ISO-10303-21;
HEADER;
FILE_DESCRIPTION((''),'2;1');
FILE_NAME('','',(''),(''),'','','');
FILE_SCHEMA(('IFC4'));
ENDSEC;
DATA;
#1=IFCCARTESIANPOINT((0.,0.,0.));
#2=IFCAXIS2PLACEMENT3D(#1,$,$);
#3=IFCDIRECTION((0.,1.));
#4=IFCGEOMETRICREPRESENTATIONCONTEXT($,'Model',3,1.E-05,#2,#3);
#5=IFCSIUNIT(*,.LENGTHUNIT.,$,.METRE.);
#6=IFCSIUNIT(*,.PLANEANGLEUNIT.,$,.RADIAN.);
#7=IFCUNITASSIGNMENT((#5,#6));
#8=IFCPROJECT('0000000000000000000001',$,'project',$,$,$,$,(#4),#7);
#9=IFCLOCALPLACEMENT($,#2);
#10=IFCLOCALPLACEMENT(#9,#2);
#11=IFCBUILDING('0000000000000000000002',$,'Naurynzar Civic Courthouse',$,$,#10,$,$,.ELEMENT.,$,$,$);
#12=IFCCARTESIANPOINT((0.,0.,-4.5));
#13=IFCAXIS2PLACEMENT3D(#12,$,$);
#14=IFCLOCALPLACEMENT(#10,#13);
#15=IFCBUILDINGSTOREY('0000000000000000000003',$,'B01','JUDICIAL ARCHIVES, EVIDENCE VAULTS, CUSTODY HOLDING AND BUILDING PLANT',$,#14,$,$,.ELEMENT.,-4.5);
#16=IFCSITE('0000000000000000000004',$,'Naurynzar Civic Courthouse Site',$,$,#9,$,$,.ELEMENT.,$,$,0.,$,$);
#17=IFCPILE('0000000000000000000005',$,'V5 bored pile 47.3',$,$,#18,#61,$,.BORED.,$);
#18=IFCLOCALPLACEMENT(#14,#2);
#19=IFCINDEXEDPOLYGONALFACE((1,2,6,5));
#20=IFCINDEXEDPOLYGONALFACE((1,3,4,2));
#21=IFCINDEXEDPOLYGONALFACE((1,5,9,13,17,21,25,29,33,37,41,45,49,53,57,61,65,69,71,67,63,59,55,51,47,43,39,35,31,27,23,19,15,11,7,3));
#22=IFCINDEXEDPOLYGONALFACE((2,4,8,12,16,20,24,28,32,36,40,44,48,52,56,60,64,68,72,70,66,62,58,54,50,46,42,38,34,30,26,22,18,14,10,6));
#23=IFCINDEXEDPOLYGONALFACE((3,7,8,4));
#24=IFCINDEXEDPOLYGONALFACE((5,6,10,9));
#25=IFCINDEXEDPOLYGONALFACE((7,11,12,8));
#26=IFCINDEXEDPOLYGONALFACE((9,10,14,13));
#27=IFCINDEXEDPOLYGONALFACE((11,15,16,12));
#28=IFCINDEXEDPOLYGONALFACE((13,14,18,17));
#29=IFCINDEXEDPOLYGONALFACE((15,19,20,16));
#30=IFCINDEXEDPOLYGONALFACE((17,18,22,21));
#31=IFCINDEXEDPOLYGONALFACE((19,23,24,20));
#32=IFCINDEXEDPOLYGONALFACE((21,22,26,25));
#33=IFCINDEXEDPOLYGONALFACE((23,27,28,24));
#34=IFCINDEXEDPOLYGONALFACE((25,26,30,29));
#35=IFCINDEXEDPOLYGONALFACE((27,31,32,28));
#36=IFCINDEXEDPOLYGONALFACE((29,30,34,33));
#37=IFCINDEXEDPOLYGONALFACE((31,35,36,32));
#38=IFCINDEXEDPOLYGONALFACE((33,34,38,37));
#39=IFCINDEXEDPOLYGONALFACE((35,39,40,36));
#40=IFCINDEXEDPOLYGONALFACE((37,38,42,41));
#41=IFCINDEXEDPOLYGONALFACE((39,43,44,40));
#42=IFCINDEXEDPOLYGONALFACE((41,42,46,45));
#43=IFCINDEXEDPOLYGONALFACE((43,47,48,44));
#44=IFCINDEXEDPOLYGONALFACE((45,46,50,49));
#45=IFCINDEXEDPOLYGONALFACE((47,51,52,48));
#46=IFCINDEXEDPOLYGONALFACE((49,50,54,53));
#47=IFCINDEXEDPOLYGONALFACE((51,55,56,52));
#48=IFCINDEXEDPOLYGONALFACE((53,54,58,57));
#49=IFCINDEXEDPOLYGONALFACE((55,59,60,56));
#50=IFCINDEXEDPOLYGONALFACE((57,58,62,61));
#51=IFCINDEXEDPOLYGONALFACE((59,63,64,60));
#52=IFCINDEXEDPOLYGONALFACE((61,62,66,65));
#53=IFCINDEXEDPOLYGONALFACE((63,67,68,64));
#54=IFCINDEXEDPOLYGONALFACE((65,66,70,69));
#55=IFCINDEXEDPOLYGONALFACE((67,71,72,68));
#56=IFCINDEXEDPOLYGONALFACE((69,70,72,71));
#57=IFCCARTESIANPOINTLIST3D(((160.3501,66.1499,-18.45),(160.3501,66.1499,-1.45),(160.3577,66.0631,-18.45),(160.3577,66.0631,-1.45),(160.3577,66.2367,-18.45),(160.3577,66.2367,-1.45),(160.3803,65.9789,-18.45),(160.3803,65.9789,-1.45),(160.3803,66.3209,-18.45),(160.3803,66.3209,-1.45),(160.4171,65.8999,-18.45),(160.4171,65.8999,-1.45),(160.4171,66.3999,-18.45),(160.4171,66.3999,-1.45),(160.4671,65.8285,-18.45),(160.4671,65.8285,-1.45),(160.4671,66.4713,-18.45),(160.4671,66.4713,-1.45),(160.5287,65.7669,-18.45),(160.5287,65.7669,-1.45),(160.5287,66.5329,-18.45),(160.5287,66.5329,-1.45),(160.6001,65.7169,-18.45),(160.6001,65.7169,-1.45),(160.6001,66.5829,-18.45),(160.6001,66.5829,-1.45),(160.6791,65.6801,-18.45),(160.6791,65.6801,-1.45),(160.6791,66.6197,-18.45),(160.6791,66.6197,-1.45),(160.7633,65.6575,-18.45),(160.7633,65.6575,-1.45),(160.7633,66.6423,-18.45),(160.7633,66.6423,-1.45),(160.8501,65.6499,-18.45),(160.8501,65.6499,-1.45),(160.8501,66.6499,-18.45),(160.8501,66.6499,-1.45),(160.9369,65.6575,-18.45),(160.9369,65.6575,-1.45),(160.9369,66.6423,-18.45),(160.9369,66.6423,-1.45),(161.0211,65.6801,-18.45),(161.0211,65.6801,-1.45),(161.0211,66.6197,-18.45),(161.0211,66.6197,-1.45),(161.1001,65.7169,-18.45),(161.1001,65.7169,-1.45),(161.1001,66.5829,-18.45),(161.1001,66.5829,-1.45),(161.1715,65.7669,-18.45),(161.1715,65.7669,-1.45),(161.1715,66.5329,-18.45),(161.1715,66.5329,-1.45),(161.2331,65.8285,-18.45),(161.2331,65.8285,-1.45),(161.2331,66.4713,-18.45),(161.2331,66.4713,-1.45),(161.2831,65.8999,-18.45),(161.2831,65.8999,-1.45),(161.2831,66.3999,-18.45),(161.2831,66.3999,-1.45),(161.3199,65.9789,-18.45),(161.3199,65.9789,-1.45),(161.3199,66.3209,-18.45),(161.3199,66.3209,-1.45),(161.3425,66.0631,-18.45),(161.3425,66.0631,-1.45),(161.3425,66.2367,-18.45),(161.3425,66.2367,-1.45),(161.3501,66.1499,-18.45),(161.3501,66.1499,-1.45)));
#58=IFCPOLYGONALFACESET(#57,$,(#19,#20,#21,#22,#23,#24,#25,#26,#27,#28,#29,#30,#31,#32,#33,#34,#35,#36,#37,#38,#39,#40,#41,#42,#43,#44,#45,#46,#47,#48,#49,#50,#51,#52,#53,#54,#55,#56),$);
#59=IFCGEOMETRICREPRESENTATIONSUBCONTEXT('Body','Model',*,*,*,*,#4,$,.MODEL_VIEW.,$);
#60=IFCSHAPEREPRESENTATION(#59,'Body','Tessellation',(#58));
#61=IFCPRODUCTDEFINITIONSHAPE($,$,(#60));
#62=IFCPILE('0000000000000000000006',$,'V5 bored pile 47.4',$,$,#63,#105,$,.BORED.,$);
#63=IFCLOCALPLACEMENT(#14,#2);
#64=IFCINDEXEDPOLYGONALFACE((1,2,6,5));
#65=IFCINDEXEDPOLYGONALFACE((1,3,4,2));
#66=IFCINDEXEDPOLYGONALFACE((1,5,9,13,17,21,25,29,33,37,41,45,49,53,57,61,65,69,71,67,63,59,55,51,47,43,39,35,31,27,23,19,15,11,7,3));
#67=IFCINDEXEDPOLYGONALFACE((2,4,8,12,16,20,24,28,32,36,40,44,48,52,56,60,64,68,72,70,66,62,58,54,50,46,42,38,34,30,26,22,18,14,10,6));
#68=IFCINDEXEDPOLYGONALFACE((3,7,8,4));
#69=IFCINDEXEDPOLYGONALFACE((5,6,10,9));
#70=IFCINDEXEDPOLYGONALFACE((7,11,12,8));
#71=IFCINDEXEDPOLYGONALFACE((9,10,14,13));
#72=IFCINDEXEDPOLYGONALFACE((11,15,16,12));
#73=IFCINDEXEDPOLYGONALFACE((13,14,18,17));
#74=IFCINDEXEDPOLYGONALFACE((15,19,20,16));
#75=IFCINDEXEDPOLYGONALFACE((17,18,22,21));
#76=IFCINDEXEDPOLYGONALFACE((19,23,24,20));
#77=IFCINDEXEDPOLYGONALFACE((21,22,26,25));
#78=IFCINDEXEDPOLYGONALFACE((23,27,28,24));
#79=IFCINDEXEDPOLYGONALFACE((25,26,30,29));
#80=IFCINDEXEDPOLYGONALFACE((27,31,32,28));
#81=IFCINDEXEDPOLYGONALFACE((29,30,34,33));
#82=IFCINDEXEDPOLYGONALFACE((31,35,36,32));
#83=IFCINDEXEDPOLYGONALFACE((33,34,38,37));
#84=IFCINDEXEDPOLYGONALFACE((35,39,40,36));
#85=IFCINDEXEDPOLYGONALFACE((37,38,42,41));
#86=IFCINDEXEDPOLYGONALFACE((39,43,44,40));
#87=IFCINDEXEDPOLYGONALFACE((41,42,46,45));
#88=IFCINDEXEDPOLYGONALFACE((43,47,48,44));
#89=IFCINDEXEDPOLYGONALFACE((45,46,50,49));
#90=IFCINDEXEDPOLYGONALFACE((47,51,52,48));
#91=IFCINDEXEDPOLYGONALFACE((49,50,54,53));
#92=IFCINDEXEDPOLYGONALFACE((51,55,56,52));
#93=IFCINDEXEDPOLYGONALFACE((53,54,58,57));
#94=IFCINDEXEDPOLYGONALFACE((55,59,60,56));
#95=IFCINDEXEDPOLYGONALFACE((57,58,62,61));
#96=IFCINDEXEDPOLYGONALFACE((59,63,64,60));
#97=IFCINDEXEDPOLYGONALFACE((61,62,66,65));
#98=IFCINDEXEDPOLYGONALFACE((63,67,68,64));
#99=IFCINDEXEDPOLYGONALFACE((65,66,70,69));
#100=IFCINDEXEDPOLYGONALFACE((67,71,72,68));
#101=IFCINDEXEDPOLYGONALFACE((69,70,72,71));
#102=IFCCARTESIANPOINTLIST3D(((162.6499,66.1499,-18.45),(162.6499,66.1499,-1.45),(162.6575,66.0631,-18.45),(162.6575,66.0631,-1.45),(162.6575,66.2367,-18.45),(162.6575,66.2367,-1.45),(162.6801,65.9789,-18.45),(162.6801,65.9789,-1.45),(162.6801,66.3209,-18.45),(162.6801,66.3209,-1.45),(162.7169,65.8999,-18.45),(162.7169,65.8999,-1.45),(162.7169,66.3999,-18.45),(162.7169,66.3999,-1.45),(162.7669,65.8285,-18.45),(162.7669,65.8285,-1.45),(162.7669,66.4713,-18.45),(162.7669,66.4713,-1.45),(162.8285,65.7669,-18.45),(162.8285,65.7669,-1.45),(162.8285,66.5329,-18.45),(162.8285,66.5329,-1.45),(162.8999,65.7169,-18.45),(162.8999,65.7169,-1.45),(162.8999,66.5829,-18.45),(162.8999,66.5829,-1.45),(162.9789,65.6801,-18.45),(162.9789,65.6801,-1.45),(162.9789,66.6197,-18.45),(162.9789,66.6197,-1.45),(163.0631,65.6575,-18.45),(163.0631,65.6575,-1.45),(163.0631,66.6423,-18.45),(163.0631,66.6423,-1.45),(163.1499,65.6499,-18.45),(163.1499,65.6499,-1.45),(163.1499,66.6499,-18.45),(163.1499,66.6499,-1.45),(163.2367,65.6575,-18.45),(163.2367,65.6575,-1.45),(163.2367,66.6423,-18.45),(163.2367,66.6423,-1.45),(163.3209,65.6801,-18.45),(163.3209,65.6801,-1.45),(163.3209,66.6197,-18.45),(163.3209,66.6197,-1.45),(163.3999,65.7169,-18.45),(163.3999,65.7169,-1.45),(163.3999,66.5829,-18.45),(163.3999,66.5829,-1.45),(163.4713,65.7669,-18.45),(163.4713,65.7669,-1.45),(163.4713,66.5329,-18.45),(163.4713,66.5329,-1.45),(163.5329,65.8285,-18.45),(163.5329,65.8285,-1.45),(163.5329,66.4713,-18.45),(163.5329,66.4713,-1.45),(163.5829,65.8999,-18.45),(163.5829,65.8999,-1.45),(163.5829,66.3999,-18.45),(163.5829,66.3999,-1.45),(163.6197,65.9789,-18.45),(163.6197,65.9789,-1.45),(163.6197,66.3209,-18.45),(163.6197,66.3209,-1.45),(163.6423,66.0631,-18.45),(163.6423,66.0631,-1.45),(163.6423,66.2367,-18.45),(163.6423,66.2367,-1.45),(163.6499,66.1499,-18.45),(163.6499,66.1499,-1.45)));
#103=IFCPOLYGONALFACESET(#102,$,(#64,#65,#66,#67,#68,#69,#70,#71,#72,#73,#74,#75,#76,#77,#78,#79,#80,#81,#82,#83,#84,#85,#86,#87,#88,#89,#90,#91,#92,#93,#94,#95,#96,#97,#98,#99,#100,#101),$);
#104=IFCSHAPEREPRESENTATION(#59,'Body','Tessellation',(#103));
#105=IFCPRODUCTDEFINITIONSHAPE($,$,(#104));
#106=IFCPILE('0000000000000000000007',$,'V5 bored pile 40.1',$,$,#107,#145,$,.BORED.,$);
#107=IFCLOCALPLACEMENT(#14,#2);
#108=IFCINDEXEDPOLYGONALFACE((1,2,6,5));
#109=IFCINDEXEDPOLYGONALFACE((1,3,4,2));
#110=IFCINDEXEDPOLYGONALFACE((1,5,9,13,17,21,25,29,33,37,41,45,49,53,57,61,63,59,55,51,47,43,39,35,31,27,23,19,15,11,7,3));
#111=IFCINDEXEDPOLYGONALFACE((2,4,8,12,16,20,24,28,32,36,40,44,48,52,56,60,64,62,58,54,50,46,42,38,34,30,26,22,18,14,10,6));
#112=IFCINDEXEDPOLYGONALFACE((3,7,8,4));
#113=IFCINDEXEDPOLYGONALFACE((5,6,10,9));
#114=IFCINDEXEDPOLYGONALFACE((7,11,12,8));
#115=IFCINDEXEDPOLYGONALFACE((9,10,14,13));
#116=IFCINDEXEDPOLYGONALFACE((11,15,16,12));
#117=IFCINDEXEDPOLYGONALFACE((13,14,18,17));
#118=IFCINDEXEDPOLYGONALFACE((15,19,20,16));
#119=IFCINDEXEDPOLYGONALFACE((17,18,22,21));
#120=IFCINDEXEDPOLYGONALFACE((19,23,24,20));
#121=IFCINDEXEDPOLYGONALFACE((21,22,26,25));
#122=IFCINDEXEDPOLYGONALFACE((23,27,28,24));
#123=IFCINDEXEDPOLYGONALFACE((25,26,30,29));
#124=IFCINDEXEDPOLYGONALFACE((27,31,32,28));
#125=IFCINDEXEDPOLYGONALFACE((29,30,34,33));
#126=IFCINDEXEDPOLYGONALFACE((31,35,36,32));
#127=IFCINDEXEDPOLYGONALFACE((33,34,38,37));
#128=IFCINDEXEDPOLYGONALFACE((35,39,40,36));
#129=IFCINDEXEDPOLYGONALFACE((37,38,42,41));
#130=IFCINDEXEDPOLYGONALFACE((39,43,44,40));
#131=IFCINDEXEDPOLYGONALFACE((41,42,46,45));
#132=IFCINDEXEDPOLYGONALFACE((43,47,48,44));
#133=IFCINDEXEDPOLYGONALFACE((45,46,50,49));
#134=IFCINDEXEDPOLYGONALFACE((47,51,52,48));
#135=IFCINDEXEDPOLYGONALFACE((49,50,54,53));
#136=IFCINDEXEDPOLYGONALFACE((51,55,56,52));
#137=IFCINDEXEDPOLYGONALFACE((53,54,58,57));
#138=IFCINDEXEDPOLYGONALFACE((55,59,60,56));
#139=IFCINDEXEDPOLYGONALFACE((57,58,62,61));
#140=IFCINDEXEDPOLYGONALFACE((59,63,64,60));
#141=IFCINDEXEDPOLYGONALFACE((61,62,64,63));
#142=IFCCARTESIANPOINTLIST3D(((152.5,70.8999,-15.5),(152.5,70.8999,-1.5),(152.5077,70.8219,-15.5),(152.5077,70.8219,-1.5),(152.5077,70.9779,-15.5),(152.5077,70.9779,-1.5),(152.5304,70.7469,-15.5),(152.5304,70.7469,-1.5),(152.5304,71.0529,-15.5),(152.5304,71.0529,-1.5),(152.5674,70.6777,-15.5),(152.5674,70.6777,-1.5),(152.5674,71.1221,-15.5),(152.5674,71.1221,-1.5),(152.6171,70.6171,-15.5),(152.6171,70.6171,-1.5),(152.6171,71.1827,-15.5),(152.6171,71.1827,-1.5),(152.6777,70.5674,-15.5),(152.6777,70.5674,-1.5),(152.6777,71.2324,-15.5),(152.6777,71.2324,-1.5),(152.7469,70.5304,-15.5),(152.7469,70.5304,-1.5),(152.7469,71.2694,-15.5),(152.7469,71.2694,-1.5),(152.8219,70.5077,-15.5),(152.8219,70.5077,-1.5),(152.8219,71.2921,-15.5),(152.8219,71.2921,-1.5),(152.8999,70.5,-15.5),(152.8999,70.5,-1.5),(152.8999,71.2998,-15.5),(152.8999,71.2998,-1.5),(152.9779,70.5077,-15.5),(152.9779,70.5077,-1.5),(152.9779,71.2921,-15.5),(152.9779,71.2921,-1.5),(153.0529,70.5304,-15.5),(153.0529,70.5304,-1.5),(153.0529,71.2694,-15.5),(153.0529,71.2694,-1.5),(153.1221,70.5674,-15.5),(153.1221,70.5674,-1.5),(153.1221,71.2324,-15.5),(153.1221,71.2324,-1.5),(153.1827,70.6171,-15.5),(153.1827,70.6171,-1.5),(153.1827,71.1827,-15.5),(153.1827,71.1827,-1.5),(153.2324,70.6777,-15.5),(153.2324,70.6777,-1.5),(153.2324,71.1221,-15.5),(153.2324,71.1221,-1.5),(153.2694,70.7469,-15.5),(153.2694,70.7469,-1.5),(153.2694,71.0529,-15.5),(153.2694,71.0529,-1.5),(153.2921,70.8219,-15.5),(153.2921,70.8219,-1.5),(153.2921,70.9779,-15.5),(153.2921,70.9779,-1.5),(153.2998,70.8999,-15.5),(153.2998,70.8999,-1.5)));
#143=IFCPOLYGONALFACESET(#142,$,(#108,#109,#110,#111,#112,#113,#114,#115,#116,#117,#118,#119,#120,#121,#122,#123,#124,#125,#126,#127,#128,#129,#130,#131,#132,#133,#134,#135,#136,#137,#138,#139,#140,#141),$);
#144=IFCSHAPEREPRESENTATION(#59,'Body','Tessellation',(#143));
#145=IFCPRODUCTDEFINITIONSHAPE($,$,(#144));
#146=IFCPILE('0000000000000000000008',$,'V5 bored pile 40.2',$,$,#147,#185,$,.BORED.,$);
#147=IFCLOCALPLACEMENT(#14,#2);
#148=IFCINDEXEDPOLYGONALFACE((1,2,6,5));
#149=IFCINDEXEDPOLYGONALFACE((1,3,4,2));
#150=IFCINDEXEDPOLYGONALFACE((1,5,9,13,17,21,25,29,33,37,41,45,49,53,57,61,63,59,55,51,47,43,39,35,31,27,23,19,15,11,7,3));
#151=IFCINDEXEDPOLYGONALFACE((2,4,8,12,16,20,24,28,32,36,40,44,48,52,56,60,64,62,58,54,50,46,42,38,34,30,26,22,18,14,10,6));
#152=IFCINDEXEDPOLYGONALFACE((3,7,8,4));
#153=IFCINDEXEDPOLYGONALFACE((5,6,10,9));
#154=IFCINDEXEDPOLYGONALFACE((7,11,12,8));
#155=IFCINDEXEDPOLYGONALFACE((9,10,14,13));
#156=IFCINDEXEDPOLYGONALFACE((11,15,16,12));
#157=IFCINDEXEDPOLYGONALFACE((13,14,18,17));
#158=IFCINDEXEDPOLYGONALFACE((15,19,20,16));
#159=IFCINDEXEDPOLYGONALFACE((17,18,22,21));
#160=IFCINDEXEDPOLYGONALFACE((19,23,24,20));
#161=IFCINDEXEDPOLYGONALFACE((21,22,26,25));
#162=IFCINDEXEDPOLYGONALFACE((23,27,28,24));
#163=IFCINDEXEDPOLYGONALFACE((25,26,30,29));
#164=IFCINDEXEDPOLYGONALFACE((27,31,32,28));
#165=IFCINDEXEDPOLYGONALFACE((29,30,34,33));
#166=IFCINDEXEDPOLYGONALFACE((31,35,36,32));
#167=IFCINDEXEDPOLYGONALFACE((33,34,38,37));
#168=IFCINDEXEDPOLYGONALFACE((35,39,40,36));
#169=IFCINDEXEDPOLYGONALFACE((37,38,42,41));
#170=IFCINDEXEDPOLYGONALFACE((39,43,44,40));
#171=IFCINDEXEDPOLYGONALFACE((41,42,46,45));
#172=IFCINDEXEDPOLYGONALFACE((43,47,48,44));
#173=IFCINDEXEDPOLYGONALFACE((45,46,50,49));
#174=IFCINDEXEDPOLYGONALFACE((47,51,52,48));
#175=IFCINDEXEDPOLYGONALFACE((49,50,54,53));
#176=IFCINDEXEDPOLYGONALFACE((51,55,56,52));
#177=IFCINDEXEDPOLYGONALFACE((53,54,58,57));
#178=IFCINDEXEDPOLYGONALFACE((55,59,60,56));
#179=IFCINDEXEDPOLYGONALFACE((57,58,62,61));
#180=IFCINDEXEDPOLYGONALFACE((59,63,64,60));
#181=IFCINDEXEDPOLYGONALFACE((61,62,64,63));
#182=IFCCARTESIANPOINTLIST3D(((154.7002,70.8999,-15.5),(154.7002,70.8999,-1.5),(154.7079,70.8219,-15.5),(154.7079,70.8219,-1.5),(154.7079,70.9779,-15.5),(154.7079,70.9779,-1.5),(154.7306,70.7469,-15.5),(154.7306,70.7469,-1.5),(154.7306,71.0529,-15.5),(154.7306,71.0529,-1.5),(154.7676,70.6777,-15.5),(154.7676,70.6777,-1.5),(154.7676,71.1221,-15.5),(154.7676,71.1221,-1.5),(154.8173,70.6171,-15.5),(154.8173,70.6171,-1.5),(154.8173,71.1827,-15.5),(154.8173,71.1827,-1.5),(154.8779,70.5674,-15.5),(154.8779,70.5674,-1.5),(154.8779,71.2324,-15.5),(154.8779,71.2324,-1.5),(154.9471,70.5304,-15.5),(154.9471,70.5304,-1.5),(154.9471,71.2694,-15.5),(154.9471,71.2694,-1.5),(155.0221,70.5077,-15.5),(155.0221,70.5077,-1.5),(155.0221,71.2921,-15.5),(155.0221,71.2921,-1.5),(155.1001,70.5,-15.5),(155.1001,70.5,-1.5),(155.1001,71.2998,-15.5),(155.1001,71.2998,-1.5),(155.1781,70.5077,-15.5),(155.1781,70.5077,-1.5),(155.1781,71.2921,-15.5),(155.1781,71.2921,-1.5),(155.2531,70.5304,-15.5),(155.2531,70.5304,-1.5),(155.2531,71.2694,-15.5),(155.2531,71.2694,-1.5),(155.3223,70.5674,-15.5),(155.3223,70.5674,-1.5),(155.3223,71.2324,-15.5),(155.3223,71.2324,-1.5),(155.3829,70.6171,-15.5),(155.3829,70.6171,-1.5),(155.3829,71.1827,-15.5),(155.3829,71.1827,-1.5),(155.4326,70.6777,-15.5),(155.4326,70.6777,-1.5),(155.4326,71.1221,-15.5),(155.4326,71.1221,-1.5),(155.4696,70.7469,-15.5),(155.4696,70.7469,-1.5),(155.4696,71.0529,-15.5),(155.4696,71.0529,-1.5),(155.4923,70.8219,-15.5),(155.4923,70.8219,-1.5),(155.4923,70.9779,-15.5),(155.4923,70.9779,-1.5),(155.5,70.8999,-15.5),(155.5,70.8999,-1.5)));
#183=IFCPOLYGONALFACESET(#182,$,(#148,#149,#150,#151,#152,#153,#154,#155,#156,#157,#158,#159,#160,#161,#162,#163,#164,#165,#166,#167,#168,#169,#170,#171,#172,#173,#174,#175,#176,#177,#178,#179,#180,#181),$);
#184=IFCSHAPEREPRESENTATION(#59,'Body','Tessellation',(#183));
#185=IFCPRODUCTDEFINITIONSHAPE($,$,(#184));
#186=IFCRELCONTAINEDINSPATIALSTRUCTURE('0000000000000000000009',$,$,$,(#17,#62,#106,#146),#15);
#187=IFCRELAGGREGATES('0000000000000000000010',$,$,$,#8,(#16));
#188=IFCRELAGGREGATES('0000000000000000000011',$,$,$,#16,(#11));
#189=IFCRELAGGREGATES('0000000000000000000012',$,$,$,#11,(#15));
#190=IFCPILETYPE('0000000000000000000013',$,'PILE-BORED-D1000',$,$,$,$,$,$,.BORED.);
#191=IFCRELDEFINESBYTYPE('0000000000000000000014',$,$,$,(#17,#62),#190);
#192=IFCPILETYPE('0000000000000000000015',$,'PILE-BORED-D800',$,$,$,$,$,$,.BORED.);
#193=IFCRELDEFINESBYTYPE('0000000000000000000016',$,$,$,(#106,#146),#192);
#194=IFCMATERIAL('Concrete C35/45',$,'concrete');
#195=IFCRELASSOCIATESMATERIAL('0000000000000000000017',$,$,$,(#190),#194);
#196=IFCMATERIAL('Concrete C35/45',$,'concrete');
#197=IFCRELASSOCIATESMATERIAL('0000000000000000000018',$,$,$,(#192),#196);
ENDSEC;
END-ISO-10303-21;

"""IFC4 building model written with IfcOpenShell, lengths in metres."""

from ifc_helpers import new_model, si_unit, direction, frame, origin, origin_2d, place, context, subcontext, project, spatial, circle, extrude, material, material_profile, profile_set, type_object, element, save


model = new_model("IFC4")

# Units and contexts
model_context = context("Model", 3, precision=1e-05, world=origin(), true_north=direction((0.0, 1.0)))
body_context = subcontext(model_context, "Body", "Model", "MODEL_VIEW")
ifc_project = project(units=[si_unit("LENGTHUNIT", "METRE"), si_unit("PLANEANGLEUNIT", "RADIAN")], contexts=[model_context])

# Site, building, storey
site_placement = place(None, origin())
site = spatial("IfcSite", under=ifc_project, at=site_placement, Name="Naurynzar Civic Courthouse Site", CompositionType="ELEMENT", RefElevation=0.0)
building_placement = place(site_placement, origin())
building = spatial("IfcBuilding", under=site, at=building_placement, Name="Naurynzar Civic Courthouse", CompositionType="ELEMENT")
storey_placement = place(building_placement, frame((0.0, 0.0, -4.5)))
storey = spatial("IfcBuildingStorey", under=building, at=storey_placement, Name="B01", Description="JUDICIAL ARCHIVES, EVIDENCE VAULTS, CUSTODY HOLDING AND BUILDING PLANT", CompositionType="ELEMENT", Elevation=-4.5)

# Piles
ifc_material_1 = material(Name="Concrete C35/45", Category="concrete")
ifc_material_profile_1 = material_profile(ifc_material_1, circle(Radius=0.5, at=origin_2d()), Name="PILE D1000")
ifc_profile_set_1 = profile_set([ifc_material_profile_1], Name="Concrete C35/45")
pile_type_1 = type_object("IfcPileType", Name="PILE-BORED-D1000", PredefinedType="BORED", material=ifc_profile_set_1)
for number, where, z_axis, x_axis, name in (
    (1, (160.8501, 66.1499, -1.45), (0.0, 0.0, -1.0), (1.0, 0.0, 0.0), "V5 bored pile 47.3"),
    (2, (163.1499, 66.1499, -1.45), (0.0, 0.0, -1.0), (1.0, 0.0, 0.0), "V5 bored pile 47.4"),
):
    element("IfcPile", number, at=place(storey_placement, frame(where, z_axis=z_axis, x_axis=x_axis)), inside=storey, type_object=pile_type_1, Name=name, PredefinedType="BORED", context=body_context, shape_type="SweptSolid", body=[
        extrude(circle(Radius=0.5, at=origin_2d()), origin(), (0.0, 0.0, 1.0), 17.0),
    ])
ifc_material_2 = material(Name="Concrete C35/45", Category="concrete")
ifc_material_profile_2 = material_profile(ifc_material_2, circle(Radius=0.3999, at=origin_2d()), Name="PILE D800")
ifc_profile_set_2 = profile_set([ifc_material_profile_2], Name="Concrete C35/45")
pile_type_2 = type_object("IfcPileType", Name="PILE-BORED-D800", PredefinedType="BORED", material=ifc_profile_set_2)
for number, where, z_axis, x_axis, name in (
    (3, (152.8999, 70.8999, -1.5), (0.0, 0.0, -1.0), (1.0, 0.0, 0.0), "V5 bored pile 40.1"),
    (4, (155.1001, 70.8999, -1.5), (0.0, 0.0, -1.0), (1.0, 0.0, 0.0), "V5 bored pile 40.2"),
):
    element("IfcPile", number, at=place(storey_placement, frame(where, z_axis=z_axis, x_axis=x_axis)), inside=storey, type_object=pile_type_2, Name=name, PredefinedType="BORED", context=body_context, shape_type="SweptSolid", body=[
        extrude(circle(Radius=0.3999, at=origin_2d()), origin(), (0.0, 0.0, 1.0), 14.0),
    ])

save(model, "model.ifc")
